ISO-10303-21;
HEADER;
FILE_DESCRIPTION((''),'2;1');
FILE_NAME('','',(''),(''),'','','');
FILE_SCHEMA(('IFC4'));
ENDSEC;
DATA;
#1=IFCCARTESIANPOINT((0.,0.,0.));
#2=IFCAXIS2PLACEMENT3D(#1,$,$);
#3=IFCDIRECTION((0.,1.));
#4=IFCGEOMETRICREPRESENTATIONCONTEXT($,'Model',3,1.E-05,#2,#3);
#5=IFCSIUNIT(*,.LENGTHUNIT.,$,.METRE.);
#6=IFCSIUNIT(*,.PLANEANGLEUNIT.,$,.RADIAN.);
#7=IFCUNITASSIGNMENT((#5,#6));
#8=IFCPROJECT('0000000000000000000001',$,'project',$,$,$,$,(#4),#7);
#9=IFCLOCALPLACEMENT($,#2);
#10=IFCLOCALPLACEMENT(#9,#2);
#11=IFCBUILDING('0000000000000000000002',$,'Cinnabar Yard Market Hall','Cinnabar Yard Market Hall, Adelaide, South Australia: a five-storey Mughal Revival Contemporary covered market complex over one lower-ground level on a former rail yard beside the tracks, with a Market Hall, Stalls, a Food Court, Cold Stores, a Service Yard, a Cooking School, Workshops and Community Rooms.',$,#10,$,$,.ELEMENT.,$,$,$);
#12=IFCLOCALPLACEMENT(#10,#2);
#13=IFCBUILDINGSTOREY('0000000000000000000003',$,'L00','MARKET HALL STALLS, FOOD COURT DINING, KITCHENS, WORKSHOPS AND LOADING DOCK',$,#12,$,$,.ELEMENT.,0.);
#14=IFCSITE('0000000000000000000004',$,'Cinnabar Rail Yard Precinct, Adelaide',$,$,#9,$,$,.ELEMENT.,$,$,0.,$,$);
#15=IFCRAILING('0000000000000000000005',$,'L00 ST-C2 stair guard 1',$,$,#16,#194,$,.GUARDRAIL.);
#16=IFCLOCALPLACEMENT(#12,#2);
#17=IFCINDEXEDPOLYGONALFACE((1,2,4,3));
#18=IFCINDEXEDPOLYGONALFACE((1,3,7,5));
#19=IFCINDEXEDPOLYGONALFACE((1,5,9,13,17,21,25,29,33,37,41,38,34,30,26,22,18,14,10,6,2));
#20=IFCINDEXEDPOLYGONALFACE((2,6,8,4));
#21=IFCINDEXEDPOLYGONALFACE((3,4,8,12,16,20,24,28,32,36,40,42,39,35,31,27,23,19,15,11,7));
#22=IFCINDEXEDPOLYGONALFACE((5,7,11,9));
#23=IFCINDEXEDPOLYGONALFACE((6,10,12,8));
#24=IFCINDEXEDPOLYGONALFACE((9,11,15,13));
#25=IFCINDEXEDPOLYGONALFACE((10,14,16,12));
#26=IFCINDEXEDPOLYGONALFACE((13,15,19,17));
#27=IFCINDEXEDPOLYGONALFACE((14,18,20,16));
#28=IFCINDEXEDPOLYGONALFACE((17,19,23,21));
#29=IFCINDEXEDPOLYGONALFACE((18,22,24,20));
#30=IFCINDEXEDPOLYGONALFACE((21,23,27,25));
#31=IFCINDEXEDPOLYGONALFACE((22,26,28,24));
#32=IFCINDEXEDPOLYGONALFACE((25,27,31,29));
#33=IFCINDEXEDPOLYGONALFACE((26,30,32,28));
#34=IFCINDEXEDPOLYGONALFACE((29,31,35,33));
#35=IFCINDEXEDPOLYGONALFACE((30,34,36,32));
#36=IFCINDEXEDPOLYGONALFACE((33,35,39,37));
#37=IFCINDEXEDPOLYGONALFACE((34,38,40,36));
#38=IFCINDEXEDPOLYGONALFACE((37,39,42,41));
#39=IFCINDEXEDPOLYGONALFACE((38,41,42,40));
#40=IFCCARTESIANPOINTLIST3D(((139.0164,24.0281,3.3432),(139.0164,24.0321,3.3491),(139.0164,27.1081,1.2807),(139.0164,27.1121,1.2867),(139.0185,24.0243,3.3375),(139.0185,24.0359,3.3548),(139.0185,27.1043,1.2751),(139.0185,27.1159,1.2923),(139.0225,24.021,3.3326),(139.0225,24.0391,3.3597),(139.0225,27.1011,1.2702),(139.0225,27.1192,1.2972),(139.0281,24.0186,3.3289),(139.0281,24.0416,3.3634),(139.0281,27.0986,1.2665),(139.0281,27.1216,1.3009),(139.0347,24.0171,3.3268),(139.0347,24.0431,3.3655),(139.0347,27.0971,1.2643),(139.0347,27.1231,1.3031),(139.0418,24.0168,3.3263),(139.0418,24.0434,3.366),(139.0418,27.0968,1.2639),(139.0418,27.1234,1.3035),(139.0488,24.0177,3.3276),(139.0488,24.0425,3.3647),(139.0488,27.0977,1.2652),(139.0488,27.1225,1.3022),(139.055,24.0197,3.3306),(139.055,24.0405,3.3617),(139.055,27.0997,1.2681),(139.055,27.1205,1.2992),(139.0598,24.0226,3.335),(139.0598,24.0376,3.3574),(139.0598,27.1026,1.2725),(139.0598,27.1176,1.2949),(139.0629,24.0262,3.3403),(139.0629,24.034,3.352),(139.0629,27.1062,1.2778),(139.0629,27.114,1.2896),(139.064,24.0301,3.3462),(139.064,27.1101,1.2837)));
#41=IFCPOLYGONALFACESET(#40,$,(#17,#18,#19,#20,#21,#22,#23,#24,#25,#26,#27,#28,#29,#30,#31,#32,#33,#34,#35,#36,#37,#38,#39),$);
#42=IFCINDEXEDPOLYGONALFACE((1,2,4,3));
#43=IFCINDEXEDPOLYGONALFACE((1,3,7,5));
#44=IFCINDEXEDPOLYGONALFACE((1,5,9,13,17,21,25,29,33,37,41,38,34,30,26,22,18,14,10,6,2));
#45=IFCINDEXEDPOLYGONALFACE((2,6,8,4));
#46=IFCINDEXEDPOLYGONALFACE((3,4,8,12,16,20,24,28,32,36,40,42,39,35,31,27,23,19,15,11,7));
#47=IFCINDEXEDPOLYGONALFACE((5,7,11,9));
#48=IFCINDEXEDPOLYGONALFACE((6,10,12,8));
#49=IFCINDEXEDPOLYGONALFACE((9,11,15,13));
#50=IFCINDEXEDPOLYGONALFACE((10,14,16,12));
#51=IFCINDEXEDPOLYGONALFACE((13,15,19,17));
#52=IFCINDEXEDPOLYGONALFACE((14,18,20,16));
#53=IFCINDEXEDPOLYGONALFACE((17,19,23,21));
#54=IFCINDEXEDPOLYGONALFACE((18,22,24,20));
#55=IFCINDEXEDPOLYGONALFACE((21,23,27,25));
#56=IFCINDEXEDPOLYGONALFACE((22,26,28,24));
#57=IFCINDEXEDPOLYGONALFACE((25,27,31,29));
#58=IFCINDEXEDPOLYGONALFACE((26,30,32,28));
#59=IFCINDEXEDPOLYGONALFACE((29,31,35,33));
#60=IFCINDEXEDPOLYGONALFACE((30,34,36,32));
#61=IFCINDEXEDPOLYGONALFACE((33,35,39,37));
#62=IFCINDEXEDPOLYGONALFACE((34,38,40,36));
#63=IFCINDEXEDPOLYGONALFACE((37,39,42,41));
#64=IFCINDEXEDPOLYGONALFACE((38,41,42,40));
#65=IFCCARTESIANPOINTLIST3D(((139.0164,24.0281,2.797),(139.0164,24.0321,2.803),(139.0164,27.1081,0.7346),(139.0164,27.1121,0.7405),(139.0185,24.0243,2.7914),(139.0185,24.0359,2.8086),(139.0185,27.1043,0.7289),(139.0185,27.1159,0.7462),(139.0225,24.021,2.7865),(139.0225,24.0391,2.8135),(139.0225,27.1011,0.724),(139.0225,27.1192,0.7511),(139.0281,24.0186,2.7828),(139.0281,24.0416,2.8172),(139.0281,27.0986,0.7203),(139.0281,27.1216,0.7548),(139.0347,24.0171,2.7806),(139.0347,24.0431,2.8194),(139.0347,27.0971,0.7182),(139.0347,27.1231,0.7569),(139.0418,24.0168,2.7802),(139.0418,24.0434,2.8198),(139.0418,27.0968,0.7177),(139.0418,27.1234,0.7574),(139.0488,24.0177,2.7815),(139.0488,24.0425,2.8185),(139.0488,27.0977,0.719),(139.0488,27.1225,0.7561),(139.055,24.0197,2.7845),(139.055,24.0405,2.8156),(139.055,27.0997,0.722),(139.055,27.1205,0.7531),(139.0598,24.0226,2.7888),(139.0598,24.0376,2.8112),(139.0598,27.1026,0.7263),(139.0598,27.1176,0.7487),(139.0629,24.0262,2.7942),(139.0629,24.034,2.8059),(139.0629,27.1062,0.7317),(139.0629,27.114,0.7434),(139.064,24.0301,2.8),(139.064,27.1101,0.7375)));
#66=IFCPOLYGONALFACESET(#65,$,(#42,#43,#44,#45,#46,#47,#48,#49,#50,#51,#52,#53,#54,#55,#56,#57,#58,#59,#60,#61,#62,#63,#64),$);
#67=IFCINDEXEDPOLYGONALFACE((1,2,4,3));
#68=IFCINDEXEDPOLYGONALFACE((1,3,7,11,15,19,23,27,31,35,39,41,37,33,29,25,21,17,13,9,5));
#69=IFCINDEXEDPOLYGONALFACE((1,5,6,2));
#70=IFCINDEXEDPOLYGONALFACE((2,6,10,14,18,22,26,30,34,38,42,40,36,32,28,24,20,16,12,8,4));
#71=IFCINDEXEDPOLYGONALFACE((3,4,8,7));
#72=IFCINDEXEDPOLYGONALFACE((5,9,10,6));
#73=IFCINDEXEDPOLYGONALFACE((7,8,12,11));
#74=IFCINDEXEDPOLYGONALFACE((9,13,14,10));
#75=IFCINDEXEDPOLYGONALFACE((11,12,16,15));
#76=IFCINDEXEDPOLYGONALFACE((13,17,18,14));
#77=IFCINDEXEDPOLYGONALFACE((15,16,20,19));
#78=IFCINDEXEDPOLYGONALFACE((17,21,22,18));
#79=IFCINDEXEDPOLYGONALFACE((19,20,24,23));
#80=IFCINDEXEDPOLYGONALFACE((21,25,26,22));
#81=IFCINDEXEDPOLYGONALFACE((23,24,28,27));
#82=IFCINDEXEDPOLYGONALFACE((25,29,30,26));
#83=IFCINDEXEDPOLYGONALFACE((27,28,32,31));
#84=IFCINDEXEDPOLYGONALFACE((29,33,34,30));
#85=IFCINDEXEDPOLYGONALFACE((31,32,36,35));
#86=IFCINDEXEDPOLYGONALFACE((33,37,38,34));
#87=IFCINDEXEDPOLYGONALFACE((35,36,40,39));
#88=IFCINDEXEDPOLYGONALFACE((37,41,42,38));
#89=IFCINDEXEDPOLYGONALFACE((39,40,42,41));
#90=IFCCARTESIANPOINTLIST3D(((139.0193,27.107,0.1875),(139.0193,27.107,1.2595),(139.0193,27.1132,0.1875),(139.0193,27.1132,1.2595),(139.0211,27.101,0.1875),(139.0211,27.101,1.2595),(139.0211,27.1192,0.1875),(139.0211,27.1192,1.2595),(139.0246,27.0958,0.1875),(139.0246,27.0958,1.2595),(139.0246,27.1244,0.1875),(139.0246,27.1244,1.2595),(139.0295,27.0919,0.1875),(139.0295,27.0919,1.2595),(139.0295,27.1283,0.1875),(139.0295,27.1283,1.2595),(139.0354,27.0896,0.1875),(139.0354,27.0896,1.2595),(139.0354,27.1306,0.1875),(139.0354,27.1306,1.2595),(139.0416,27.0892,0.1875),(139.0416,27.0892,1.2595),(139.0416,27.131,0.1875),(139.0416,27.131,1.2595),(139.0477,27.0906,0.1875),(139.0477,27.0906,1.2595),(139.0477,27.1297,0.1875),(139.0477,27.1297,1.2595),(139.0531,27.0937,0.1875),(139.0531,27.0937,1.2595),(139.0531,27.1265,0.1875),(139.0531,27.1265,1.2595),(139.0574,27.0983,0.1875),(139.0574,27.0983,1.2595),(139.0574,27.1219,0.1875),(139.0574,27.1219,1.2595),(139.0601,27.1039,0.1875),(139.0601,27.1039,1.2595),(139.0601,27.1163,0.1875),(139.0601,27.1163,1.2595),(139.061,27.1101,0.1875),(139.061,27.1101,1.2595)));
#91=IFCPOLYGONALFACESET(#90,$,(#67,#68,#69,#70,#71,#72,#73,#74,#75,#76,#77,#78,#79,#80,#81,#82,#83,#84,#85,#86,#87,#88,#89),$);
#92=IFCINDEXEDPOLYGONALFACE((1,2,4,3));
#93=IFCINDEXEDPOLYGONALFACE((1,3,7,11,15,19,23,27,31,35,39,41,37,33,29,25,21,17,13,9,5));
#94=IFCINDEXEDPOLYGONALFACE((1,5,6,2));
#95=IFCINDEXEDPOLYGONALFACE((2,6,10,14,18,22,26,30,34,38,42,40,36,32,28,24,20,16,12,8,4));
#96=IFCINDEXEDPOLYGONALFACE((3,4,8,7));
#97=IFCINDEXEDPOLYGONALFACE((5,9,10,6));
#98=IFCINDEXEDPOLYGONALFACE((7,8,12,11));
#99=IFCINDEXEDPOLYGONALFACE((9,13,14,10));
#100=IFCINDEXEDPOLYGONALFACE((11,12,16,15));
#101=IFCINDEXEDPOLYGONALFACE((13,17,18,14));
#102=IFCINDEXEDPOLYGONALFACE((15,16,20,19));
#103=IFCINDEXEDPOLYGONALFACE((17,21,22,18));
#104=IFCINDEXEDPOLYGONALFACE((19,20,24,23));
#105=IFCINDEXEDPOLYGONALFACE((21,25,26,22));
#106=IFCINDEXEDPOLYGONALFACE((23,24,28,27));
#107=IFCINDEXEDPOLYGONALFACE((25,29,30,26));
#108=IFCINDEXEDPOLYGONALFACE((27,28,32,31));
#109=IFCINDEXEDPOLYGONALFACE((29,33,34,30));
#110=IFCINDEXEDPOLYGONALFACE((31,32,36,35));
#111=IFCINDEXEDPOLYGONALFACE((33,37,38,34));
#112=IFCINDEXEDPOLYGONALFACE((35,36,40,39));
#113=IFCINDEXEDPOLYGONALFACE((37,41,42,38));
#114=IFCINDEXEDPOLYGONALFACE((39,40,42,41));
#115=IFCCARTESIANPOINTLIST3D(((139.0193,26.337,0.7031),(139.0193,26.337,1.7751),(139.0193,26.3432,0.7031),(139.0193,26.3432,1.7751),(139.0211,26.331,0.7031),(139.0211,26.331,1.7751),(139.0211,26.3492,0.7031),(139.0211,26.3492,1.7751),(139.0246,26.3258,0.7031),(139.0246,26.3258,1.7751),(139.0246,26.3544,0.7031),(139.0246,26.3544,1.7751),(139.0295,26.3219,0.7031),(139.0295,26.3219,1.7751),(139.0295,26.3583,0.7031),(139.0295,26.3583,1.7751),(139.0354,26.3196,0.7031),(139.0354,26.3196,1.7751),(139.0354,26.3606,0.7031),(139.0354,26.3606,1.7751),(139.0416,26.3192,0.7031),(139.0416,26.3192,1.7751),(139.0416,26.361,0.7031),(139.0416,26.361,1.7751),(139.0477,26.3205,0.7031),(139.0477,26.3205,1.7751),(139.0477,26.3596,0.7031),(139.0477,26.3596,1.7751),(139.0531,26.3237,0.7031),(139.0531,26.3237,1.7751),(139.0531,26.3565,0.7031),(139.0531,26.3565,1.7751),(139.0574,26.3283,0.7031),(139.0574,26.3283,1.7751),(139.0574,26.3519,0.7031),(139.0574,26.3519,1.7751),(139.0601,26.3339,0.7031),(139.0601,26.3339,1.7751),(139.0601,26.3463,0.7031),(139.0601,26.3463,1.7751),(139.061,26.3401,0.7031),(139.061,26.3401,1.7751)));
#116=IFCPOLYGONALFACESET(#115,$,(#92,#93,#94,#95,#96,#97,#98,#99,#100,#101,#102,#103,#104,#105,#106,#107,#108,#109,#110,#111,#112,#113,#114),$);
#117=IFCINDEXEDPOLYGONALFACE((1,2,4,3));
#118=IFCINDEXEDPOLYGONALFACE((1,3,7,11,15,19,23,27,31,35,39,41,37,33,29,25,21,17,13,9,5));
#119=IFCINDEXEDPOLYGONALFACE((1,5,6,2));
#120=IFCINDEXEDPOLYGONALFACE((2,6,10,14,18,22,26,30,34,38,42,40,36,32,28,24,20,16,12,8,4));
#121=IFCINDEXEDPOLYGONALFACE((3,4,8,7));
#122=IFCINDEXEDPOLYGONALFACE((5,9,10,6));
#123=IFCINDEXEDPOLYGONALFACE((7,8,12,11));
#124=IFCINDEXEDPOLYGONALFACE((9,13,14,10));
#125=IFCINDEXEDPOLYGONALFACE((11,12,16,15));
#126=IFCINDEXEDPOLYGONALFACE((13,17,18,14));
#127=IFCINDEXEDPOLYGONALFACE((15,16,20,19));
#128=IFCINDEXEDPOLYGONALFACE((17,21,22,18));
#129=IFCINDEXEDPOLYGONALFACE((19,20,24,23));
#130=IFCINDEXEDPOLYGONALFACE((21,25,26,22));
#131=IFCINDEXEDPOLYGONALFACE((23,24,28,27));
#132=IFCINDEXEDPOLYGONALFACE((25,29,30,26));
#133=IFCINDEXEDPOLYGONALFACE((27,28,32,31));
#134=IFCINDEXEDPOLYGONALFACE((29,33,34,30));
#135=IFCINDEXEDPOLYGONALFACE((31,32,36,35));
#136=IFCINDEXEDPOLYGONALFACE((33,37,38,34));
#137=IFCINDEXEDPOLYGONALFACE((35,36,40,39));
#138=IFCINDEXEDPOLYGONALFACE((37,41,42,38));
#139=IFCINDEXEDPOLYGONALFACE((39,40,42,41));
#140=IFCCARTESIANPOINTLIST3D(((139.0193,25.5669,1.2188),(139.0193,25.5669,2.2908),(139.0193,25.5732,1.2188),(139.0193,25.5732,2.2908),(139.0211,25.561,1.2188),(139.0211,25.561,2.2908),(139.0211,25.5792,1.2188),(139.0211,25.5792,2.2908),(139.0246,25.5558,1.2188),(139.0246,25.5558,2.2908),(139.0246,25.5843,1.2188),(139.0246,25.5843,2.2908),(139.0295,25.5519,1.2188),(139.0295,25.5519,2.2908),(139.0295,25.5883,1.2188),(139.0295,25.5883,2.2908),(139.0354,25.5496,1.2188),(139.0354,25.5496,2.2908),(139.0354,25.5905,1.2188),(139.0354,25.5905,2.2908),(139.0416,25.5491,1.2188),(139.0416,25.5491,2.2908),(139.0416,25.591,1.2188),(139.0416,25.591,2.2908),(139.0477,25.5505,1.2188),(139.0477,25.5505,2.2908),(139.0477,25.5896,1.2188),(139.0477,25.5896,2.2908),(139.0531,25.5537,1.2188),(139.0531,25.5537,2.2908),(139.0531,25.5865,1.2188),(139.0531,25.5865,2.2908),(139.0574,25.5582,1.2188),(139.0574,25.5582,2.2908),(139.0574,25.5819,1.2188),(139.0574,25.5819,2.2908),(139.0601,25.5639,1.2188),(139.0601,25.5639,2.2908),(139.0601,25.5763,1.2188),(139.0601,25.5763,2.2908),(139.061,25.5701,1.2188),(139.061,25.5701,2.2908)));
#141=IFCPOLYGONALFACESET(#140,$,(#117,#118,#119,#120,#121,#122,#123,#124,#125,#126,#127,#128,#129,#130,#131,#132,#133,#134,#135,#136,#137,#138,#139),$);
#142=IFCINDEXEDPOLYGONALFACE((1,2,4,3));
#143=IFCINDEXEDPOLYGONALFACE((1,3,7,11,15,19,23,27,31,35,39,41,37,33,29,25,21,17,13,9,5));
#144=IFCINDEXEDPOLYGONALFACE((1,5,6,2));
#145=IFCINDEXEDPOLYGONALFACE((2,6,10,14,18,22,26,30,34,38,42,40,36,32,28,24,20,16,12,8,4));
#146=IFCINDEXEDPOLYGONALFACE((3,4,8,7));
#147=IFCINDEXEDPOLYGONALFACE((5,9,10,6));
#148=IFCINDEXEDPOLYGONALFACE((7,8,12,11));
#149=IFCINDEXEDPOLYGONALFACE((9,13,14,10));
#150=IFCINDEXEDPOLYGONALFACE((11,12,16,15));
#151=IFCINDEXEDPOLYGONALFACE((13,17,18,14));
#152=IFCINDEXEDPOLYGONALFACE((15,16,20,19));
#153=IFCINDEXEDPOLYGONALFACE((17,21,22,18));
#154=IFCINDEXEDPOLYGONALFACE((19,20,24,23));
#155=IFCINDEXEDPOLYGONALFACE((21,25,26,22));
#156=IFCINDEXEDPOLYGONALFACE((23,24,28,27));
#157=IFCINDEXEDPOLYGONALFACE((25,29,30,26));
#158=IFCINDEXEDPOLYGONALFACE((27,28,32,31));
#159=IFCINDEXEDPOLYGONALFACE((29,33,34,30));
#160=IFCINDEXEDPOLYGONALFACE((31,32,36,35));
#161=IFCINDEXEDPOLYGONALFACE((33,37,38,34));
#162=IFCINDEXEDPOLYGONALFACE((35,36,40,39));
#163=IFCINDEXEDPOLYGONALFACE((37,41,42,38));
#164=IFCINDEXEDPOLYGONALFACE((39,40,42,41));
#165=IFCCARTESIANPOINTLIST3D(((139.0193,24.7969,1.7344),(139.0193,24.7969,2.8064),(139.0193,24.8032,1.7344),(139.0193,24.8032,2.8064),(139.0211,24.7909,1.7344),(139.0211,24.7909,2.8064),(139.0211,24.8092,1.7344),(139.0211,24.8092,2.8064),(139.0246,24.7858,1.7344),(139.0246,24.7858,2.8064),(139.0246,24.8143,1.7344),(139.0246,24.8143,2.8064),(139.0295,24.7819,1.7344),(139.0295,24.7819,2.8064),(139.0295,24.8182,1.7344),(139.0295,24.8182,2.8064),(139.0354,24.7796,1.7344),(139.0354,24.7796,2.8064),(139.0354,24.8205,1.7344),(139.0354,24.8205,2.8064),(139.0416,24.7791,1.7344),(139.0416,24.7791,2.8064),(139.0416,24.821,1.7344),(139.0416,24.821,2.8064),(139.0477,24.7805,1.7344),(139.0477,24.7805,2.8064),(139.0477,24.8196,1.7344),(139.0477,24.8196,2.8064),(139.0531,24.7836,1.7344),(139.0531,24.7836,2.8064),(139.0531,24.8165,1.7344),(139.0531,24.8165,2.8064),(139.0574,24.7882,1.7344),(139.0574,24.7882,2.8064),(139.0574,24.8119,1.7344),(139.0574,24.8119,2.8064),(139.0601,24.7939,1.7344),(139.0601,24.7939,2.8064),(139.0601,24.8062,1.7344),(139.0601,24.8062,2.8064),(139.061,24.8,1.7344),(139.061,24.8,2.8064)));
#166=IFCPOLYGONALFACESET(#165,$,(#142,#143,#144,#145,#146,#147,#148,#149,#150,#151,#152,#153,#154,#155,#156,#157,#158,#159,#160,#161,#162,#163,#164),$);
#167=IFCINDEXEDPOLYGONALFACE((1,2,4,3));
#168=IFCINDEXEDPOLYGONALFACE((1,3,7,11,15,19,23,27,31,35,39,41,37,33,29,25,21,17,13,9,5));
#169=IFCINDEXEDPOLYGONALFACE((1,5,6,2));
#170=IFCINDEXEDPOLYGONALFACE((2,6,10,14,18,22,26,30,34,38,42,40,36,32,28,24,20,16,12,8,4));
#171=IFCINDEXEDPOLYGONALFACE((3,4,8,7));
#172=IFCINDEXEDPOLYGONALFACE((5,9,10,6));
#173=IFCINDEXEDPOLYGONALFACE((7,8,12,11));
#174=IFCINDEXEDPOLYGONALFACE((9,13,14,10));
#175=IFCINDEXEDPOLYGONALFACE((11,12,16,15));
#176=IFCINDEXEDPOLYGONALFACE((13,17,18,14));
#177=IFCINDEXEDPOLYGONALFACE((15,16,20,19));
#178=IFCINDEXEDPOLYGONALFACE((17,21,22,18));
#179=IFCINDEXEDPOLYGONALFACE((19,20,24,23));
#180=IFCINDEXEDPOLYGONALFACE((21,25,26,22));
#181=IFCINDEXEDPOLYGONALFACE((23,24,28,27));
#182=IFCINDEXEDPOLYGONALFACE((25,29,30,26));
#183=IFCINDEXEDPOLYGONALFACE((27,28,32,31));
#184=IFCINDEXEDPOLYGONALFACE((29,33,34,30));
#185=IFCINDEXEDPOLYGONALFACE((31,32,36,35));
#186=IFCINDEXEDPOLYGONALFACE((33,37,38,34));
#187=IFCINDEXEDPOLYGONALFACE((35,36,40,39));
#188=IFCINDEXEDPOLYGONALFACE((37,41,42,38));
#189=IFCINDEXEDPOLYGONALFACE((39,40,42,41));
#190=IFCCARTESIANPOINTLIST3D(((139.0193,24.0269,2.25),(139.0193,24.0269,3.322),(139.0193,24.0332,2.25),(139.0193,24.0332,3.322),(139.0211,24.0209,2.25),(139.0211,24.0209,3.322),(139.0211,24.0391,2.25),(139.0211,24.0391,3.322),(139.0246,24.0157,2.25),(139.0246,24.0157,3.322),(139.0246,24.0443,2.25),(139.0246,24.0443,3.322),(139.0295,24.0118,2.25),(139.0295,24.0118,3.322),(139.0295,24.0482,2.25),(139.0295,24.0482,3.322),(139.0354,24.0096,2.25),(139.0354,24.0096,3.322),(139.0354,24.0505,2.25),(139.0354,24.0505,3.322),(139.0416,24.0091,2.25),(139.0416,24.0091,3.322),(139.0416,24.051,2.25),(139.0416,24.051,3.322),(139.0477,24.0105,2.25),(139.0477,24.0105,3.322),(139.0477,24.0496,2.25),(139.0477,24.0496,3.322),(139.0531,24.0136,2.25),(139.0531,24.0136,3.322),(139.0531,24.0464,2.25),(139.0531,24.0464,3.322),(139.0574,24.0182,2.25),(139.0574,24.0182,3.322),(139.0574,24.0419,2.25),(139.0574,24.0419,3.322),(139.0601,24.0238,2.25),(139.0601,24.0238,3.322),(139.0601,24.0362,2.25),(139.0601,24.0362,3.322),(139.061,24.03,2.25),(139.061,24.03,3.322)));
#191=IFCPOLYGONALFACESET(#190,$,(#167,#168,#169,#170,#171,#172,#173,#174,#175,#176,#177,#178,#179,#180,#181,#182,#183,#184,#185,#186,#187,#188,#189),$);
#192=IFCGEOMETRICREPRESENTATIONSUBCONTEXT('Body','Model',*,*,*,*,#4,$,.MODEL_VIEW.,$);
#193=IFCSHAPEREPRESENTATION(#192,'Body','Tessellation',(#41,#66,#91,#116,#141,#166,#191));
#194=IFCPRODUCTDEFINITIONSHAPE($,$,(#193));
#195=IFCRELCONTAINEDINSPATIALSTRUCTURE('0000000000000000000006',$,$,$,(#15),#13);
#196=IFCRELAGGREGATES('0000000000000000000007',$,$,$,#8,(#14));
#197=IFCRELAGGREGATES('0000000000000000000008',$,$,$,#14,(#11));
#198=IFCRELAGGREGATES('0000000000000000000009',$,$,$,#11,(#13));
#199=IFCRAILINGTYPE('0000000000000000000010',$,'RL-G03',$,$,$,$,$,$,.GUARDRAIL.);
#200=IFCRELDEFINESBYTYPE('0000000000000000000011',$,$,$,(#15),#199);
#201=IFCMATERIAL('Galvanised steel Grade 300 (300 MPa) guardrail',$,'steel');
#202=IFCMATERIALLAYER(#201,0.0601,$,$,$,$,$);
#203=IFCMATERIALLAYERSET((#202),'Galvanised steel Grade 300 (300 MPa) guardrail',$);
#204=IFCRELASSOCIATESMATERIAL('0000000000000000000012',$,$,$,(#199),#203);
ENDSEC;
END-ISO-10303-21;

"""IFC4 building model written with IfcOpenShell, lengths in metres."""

from ifc_helpers import new_model, si_unit, direction, frame, origin, origin_2d_with_axis, place, context, subcontext, project, spatial, circle, extrude, material, layer, layer_set, type_object, element, save


model = new_model("IFC4")

# Units and contexts
model_context = context("Model", 3, precision=1e-05, world=origin(), true_north=direction((0.0, 1.0)))
body_context = subcontext(model_context, "Body", "Model", "MODEL_VIEW")
ifc_project = project(units=[si_unit("LENGTHUNIT", "METRE"), si_unit("PLANEANGLEUNIT", "RADIAN")], contexts=[model_context])

# Site, building, storey
site_placement = place(None, origin())
site = spatial("IfcSite", under=ifc_project, at=site_placement, Name="Cinnabar Rail Yard Precinct, Adelaide", CompositionType="ELEMENT", RefElevation=0.0)
building_placement = place(site_placement, origin())
building = spatial("IfcBuilding", under=site, at=building_placement, Name="Cinnabar Yard Market Hall", Description="Cinnabar Yard Market Hall, Adelaide, South Australia: a five-storey Mughal Revival Contemporary covered market complex over one lower-ground level on a former rail yard beside the tracks, with a Market Hall, Stalls, a Food Court, Cold Stores, a Service Yard, a Cooking School, Workshops and Community Rooms.", CompositionType="ELEMENT")
storey_placement = place(building_placement, origin())
storey = spatial("IfcBuildingStorey", under=building, at=storey_placement, Name="L00", Description="MARKET HALL STALLS, FOOD COURT DINING, KITCHENS, WORKSHOPS AND LOADING DOCK", CompositionType="ELEMENT", Elevation=0.0)

# Railing
ifc_material_1 = material(Name="Galvanised steel Grade 300 (300 MPa) guardrail", Category="steel")
ifc_layer_1 = layer(ifc_material_1, 0.0601)
ifc_layer_set_1 = layer_set([ifc_layer_1], Name="Galvanised steel Grade 300 (300 MPa) guardrail")
railing_type_1 = type_object("IfcRailingType", Name="RL-G03", PredefinedType="GUARDRAIL", material=ifc_layer_set_1)
railing_1_placement = place(storey_placement, frame((139.04, 27.1101, 0.1875)))
element("IfcRailing", 1, at=railing_1_placement, inside=storey, type_object=railing_type_1, Name="L00 ST-C2 stair guard 1", PredefinedType="GUARDRAIL", context=body_context, shape_type="SweptSolid", body=[
    extrude(circle(Radius=0.0239, at=origin_2d_with_axis()), frame((0.0, 0.0, 1.0962), z_axis=(0.0, -0.830914, 0.556401), x_axis=(1.0, 0.0, 0.0)), (0.0, 0.0, 1.0), 3.7068),
    extrude(circle(Radius=0.0239, at=origin_2d_with_axis()), frame((0.0, 0.0, 0.55), z_axis=(0.0, -0.830914, 0.556401), x_axis=(1.0, 0.0, 0.0)), (0.0, 0.0, 1.0), 3.7068),
    extrude(circle(Radius=0.021, at=origin_2d_with_axis()), origin(), (0.0, 0.0, 1.0), 1.072),
    extrude(circle(Radius=0.021, at=origin_2d_with_axis()), frame((0.0, -0.77, 0.5156)), (0.0, 0.0, 1.0), 1.072),
    extrude(circle(Radius=0.021, at=origin_2d_with_axis()), frame((0.0, -1.54, 1.0312)), (0.0, 0.0, 1.0), 1.072),
    extrude(circle(Radius=0.021, at=origin_2d_with_axis()), frame((0.0, -2.3101, 1.5469)), (0.0, 0.0, 1.0), 1.072),
    extrude(circle(Radius=0.021, at=origin_2d_with_axis()), frame((0.0, -3.0801, 2.0625)), (0.0, 0.0, 1.0), 1.072),
])

save(model, "model.ifc")
